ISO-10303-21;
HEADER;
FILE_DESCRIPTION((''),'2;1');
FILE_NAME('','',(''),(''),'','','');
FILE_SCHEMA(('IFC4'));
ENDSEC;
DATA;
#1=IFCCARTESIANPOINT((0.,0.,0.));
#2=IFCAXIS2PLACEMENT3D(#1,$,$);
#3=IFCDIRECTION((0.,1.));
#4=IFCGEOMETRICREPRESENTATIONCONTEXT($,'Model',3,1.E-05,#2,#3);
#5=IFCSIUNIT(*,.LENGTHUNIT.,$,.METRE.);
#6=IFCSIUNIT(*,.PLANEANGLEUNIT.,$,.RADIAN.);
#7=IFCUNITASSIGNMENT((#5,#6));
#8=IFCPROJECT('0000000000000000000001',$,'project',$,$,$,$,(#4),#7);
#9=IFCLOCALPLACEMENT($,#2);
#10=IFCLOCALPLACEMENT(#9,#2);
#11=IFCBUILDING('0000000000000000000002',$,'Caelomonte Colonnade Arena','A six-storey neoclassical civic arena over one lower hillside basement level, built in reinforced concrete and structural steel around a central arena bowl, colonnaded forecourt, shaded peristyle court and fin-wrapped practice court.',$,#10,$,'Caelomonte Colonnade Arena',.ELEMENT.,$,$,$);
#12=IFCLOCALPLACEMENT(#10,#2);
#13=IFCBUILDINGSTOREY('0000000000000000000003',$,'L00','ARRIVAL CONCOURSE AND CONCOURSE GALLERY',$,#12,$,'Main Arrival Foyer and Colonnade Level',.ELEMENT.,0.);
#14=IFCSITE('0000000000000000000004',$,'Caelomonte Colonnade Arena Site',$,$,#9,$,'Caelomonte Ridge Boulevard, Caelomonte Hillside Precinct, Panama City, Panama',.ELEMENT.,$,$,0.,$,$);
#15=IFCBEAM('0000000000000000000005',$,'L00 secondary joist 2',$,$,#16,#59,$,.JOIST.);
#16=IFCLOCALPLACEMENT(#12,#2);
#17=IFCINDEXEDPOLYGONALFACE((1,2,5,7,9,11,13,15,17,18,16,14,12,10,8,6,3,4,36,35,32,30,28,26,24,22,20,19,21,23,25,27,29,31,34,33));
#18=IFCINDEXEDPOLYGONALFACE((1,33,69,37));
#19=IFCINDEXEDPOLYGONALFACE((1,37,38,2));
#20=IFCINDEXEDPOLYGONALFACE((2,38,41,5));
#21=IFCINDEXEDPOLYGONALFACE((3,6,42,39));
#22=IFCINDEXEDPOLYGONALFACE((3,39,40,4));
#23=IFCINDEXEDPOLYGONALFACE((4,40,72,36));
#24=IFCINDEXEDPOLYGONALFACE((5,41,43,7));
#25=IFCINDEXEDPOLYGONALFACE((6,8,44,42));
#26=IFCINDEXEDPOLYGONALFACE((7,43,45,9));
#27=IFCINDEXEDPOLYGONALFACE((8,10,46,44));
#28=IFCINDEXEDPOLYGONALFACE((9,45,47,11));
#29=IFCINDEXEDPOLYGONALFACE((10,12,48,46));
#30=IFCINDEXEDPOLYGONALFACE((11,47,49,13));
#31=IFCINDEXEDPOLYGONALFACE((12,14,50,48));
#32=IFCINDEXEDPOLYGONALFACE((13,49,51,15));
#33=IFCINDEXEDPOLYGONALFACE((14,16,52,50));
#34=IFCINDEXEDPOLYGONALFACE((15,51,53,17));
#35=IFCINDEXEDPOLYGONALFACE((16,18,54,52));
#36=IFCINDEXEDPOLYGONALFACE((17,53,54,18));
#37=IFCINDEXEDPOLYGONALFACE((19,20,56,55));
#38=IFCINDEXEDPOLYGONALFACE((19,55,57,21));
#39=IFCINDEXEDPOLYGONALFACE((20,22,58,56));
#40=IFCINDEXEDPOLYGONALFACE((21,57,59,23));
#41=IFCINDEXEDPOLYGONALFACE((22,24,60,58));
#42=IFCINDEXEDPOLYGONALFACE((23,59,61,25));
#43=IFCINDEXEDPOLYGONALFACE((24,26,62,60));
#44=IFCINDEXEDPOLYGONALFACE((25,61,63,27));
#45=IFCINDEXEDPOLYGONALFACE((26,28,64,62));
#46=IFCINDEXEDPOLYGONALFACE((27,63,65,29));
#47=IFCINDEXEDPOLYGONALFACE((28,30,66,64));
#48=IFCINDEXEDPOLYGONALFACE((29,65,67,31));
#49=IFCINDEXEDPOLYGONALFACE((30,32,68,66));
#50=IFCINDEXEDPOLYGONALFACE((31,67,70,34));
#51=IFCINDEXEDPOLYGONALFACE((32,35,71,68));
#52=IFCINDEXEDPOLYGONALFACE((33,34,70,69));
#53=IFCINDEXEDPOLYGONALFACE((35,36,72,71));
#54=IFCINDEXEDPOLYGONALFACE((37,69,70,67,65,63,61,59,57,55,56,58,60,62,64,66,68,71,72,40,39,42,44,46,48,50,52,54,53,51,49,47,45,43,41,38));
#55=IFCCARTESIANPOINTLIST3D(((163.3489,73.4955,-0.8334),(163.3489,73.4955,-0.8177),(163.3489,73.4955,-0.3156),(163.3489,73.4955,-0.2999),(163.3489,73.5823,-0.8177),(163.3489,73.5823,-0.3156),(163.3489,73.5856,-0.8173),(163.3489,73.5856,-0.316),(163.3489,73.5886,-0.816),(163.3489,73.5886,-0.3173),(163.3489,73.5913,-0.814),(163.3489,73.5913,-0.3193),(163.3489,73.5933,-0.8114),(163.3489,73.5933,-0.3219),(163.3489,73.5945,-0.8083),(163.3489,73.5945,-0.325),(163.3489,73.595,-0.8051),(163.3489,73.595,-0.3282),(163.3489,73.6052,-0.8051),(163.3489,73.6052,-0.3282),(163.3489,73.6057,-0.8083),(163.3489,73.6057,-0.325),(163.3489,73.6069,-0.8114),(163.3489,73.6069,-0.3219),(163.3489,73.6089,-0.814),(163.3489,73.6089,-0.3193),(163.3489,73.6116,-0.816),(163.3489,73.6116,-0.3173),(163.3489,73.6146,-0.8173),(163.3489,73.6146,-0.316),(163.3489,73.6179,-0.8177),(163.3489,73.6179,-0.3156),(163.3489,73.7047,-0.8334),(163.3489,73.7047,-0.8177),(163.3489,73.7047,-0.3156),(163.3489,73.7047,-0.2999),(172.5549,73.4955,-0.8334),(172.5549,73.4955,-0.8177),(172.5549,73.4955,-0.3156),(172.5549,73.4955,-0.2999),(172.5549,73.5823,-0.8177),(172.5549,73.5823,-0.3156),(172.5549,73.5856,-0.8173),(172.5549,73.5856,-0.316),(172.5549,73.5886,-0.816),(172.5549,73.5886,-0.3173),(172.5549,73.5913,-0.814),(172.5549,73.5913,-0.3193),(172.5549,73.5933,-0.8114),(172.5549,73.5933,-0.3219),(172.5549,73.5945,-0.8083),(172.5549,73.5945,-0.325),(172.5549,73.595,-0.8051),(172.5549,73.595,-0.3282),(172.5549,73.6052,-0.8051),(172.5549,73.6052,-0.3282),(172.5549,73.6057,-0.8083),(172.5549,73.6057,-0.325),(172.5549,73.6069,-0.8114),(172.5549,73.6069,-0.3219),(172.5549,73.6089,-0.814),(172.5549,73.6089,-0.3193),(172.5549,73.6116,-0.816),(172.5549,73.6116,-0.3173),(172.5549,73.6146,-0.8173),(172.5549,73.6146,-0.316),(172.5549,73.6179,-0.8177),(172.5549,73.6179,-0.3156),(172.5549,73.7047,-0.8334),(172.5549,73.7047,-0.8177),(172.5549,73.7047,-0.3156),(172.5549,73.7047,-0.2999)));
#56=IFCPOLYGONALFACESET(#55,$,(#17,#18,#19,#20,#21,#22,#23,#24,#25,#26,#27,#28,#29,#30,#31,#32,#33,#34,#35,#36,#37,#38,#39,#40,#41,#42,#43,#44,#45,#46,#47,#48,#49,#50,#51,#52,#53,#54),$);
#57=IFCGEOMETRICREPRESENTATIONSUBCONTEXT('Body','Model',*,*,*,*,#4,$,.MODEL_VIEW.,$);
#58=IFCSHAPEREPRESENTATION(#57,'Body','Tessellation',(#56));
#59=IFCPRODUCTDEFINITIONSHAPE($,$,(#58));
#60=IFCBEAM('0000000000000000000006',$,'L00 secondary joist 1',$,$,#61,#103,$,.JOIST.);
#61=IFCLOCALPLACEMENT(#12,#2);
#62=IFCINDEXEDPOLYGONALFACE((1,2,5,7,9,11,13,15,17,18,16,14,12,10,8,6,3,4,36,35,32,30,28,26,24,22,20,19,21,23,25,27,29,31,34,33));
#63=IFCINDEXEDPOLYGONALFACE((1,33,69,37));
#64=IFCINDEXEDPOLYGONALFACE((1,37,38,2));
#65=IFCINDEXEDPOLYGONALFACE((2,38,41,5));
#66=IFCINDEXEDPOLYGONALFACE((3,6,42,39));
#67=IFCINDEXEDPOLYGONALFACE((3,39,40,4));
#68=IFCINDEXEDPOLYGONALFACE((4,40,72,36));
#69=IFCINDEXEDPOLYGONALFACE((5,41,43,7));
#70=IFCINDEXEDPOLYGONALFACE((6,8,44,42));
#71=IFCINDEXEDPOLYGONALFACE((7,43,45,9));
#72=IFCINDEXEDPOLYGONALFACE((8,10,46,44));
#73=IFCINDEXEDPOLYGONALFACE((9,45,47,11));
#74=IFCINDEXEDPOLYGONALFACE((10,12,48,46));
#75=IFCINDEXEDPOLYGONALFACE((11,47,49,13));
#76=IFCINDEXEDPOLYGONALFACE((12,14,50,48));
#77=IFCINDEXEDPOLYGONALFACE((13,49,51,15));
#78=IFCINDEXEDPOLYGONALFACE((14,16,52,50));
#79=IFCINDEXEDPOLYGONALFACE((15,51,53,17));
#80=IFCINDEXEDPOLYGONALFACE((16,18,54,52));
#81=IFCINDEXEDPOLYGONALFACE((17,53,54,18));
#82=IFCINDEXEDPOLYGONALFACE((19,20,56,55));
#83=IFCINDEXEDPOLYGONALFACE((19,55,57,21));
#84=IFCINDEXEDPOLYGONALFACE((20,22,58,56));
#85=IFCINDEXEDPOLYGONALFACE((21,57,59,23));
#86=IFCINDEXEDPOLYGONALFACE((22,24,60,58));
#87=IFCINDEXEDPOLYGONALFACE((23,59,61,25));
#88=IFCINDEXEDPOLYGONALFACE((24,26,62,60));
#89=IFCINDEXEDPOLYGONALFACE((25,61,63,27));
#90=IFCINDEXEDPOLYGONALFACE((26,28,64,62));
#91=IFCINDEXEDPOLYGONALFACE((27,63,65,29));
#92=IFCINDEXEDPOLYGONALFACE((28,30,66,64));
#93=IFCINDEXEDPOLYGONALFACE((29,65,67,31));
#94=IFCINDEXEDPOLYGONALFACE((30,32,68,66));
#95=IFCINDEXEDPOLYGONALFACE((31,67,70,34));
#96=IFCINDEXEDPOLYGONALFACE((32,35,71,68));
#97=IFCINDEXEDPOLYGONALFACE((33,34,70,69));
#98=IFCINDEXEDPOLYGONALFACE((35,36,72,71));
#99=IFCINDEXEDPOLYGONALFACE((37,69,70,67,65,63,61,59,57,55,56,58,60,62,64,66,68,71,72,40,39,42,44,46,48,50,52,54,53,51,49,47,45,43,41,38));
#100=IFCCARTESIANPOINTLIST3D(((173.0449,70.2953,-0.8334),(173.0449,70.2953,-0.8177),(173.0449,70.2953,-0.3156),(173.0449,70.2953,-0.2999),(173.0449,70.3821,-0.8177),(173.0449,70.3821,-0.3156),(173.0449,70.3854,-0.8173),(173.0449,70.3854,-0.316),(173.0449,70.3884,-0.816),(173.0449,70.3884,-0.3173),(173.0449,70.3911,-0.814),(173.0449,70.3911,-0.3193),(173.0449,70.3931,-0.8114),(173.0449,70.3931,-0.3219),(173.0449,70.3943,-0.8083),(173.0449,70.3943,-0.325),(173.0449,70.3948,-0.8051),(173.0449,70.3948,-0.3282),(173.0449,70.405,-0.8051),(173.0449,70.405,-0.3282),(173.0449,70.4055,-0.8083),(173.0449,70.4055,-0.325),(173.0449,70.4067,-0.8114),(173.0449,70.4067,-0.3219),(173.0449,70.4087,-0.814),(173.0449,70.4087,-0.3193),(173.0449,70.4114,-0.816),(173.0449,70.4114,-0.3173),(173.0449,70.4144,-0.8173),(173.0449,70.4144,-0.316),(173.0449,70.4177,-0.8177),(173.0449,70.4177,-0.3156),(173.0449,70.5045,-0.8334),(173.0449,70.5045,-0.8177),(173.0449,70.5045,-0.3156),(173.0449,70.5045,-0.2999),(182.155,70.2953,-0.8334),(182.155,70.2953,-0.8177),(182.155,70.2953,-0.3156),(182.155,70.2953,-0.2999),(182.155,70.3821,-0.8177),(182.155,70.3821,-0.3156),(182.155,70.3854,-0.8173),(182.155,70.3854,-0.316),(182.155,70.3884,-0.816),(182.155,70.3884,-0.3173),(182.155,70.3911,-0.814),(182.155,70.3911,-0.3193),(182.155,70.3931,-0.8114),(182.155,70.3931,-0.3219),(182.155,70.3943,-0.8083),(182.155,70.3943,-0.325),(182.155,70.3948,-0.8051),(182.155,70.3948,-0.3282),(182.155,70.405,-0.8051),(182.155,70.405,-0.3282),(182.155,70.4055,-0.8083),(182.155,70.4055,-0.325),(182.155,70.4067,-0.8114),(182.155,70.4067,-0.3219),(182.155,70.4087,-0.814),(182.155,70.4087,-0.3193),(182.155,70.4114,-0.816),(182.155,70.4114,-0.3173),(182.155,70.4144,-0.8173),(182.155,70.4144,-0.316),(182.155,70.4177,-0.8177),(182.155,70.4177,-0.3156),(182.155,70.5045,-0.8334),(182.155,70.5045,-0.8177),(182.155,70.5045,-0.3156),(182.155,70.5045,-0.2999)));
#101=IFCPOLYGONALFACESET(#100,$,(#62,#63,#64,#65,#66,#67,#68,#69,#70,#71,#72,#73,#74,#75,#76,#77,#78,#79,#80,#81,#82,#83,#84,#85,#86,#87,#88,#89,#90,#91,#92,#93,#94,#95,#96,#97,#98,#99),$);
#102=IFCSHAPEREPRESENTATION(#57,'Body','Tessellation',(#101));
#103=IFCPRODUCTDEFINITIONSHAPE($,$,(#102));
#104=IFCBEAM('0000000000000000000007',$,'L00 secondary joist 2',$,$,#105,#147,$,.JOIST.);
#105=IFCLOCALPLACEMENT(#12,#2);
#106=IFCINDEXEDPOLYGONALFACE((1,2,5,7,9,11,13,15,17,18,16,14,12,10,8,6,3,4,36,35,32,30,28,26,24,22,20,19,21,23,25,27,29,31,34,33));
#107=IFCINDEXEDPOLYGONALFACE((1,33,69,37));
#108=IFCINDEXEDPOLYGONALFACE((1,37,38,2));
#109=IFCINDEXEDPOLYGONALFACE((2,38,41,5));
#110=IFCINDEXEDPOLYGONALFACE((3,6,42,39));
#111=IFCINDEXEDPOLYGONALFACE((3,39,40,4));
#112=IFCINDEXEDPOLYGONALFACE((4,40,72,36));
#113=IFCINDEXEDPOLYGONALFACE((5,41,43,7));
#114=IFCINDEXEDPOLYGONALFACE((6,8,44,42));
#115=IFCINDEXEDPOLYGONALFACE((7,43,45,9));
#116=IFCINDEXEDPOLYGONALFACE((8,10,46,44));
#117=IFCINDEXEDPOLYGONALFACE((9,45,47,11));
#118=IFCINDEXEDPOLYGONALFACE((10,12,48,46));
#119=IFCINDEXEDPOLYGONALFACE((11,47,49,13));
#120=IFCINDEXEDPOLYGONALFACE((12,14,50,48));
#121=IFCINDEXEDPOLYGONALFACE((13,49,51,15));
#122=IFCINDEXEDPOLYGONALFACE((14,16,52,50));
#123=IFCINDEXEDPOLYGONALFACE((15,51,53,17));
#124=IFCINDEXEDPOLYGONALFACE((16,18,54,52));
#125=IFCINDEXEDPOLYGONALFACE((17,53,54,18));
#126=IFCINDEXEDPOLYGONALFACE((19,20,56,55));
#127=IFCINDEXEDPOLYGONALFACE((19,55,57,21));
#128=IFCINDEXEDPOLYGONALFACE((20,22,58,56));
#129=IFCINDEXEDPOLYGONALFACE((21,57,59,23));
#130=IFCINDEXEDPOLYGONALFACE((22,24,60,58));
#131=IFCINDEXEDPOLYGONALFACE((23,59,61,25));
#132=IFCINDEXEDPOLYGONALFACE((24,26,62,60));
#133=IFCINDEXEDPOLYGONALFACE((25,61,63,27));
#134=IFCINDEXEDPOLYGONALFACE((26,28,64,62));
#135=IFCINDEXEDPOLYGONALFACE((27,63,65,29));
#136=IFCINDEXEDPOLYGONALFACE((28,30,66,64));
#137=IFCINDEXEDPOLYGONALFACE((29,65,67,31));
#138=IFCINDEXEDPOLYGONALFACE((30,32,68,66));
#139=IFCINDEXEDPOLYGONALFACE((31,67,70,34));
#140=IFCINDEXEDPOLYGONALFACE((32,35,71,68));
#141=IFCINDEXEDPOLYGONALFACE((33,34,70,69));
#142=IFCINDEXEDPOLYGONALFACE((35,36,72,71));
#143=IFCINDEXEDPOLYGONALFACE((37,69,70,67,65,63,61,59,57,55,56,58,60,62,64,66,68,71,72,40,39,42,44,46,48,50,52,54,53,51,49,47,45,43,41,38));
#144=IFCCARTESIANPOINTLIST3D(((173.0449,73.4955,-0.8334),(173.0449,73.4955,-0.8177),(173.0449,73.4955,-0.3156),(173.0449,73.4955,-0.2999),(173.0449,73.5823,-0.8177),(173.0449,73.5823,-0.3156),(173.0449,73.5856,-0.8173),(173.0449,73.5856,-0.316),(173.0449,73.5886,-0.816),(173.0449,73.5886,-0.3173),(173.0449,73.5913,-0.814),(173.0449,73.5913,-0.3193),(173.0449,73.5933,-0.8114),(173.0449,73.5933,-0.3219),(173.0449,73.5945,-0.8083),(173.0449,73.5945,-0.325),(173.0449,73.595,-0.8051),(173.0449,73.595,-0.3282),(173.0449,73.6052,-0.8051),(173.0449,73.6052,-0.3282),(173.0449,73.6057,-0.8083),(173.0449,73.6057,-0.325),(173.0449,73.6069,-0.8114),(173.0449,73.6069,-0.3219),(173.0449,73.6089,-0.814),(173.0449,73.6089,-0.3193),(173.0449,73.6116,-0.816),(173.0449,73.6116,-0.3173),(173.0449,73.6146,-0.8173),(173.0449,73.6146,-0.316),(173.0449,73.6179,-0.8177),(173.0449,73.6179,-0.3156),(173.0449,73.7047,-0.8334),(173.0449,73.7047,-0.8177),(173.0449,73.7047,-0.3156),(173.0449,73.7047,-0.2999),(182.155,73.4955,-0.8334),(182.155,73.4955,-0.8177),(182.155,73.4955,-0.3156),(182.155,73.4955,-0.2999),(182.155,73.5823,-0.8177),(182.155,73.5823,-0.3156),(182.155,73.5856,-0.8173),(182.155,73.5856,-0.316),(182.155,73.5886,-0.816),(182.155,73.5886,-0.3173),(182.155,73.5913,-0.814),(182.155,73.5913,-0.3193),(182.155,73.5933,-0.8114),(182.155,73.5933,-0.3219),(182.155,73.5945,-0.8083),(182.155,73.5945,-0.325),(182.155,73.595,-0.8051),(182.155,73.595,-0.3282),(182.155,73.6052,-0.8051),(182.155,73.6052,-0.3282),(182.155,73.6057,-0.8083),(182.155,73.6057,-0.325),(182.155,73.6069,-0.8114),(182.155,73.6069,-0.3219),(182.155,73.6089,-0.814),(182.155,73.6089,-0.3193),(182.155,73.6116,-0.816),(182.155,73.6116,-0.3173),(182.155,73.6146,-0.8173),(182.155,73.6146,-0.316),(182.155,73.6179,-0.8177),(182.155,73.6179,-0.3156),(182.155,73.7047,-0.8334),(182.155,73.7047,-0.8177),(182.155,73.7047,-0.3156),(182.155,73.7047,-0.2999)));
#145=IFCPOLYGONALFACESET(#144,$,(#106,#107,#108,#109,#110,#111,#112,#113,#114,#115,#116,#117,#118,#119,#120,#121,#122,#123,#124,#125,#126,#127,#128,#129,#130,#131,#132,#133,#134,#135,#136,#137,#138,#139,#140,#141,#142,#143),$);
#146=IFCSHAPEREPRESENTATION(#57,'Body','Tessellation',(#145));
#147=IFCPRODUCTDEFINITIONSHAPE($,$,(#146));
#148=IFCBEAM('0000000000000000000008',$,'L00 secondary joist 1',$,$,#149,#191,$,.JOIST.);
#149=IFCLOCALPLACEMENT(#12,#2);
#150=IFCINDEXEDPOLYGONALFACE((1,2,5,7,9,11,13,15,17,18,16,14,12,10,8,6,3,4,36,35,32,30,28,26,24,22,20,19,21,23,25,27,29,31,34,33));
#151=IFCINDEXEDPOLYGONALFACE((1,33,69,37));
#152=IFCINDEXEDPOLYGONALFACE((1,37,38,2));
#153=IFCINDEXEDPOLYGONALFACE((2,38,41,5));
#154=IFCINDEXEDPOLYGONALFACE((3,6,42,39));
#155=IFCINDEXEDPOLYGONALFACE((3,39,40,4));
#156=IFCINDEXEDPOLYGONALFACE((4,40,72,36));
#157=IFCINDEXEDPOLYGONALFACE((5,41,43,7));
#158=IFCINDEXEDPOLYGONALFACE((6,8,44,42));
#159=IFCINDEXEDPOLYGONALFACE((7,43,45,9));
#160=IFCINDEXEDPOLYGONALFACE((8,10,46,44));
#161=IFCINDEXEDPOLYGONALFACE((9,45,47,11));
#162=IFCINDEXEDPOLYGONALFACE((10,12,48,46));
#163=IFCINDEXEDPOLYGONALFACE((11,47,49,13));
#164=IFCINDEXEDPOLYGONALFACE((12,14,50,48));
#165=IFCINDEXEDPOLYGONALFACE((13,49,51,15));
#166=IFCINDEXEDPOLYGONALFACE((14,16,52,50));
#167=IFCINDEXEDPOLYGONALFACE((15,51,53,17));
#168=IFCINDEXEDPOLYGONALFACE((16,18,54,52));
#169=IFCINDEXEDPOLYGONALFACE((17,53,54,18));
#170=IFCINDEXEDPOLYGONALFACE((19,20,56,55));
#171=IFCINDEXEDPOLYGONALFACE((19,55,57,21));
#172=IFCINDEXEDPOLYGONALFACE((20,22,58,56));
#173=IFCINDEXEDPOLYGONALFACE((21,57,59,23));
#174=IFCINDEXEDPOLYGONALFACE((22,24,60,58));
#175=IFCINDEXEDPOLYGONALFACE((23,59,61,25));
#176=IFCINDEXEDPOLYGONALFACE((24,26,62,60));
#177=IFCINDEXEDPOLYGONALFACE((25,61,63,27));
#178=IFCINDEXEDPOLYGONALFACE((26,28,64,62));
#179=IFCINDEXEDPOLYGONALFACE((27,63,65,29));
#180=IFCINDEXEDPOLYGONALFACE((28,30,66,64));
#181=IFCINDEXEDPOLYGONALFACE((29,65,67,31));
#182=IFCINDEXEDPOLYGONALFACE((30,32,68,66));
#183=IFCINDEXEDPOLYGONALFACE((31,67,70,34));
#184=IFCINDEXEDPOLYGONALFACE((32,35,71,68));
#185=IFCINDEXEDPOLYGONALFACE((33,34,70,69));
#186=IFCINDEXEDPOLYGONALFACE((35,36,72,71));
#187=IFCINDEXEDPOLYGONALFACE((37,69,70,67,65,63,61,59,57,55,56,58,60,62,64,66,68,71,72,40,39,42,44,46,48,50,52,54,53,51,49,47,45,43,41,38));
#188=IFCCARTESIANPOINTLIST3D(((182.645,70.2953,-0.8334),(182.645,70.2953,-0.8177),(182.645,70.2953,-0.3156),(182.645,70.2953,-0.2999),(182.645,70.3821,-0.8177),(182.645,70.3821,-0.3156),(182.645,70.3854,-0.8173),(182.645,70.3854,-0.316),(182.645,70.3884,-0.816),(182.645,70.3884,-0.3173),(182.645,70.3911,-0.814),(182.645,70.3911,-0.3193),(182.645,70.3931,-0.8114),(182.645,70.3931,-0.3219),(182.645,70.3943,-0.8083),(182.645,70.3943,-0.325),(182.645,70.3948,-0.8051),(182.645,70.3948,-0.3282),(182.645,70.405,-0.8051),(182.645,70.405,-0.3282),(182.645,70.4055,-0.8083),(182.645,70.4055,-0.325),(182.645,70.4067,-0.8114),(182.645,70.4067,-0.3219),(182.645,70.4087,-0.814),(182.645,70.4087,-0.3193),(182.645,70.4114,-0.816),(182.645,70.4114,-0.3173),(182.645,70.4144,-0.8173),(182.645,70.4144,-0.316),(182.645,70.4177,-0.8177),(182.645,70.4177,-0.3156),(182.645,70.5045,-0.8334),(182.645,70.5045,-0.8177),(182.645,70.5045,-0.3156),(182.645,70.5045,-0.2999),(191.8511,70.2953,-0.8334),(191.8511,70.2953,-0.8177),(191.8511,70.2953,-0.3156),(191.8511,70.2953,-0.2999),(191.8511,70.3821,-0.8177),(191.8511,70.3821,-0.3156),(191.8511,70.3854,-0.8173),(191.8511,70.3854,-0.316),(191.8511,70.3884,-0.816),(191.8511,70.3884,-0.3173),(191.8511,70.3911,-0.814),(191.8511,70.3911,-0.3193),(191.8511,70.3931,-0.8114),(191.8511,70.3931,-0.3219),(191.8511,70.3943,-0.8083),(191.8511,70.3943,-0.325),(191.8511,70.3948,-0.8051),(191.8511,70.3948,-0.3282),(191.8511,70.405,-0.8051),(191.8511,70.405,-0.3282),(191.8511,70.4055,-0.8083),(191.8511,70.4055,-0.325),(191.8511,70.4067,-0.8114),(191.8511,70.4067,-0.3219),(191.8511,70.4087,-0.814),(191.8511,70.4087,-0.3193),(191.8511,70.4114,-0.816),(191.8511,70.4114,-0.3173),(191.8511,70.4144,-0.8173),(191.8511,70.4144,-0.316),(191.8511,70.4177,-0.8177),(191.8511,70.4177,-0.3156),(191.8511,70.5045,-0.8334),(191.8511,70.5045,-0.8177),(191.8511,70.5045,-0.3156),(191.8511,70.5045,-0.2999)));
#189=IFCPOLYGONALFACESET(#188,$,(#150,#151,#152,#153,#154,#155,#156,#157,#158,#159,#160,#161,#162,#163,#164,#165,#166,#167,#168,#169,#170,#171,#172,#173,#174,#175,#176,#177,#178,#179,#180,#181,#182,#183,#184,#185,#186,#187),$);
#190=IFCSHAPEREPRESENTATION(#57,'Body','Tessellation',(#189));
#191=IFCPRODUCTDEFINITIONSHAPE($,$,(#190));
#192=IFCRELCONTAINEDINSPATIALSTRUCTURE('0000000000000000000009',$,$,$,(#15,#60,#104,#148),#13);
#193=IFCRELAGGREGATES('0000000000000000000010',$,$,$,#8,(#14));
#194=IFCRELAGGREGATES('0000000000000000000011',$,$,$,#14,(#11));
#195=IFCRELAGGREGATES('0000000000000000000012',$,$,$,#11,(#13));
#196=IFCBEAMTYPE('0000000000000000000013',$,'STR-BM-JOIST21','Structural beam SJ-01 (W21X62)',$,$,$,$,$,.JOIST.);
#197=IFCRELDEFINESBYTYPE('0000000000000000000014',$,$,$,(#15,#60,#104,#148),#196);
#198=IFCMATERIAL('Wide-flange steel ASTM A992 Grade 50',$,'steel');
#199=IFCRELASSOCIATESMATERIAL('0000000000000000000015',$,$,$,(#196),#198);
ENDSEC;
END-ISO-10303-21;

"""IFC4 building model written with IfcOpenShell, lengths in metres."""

from ifc_helpers import new_model, si_unit, direction, frame, origin, origin_2d, place, context, subcontext, project, spatial, i_section, extrude, material, material_profile, profile_set, type_object, element, save


model = new_model("IFC4")

# Units and contexts
model_context = context("Model", 3, precision=1e-05, world=origin(), true_north=direction((0.0, 1.0)))
body_context = subcontext(model_context, "Body", "Model", "MODEL_VIEW")
ifc_project = project(units=[si_unit("LENGTHUNIT", "METRE"), si_unit("PLANEANGLEUNIT", "RADIAN")], contexts=[model_context])

# Site, building, storey
site_placement = place(None, origin())
site = spatial("IfcSite", under=ifc_project, at=site_placement, Name="Caelomonte Colonnade Arena Site", LongName="Caelomonte Ridge Boulevard, Caelomonte Hillside Precinct, Panama City, Panama", CompositionType="ELEMENT", RefElevation=0.0)
building_placement = place(site_placement, origin())
building = spatial("IfcBuilding", under=site, at=building_placement, Name="Caelomonte Colonnade Arena", Description="A six-storey neoclassical civic arena over one lower hillside basement level, built in reinforced concrete and structural steel around a central arena bowl, colonnaded forecourt, shaded peristyle court and fin-wrapped practice court.", LongName="Caelomonte Colonnade Arena", CompositionType="ELEMENT")
storey_placement = place(building_placement, origin())
storey = spatial("IfcBuildingStorey", under=building, at=storey_placement, Name="L00", Description="ARRIVAL CONCOURSE AND CONCOURSE GALLERY", LongName="Main Arrival Foyer and Colonnade Level", CompositionType="ELEMENT", Elevation=0.0)

# Shared definitions
ifc_material_1 = material(Name="Wide-flange steel ASTM A992 Grade 50", Category="steel")

# Beams
ifc_material_profile_1 = material_profile(ifc_material_1, i_section(OverallWidth=0.2092, OverallDepth=0.5334, WebThickness=0.0103, FlangeThickness=0.0156, FilletRadius=0.0127, at=origin_2d()), Name="W21X62")
ifc_profile_set_1 = profile_set([ifc_material_profile_1], Name="Wide-flange steel ASTM A992 Grade 50")
beam_type_1 = type_object("IfcBeamType", Name="STR-BM-JOIST21", Description="Structural beam SJ-01 (W21X62)", PredefinedType="JOIST", material=ifc_profile_set_1)
for number, where, z_axis, x_axis, name in (
    (1, (163.3489, 73.6001, -0.5667), (1.0, 0.0, 0.0), (0.0, 1.0, 0.0), "L00 secondary joist 2"),
):
    element("IfcBeam", number, at=place(storey_placement, frame(where, z_axis=z_axis, x_axis=x_axis)), inside=storey, type_object=beam_type_1, Name=name, PredefinedType="JOIST", context=body_context, shape_type="SweptSolid", body=[
        extrude(i_section(OverallWidth=0.2092, OverallDepth=0.5334, WebThickness=0.0103, FlangeThickness=0.0156, FilletRadius=0.0127, at=origin_2d()), origin(), (0.0, 0.0, 1.0), 9.2061),
    ])
for number, where, z_axis, x_axis, name in (
    (2, (173.0449, 70.3999, -0.5667), (1.0, 0.0, 0.0), (0.0, 1.0, 0.0), "L00 secondary joist 1"),
    (3, (173.0449, 73.6001, -0.5667), (1.0, 0.0, 0.0), (0.0, 1.0, 0.0), "L00 secondary joist 2"),
):
    element("IfcBeam", number, at=place(storey_placement, frame(where, z_axis=z_axis, x_axis=x_axis)), inside=storey, type_object=beam_type_1, Name=name, PredefinedType="JOIST", context=body_context, shape_type="SweptSolid", body=[
        extrude(i_section(OverallWidth=0.2092, OverallDepth=0.5334, WebThickness=0.0103, FlangeThickness=0.0156, FilletRadius=0.0127, at=origin_2d()), origin(), (0.0, 0.0, 1.0), 9.1101),
    ])
for number, where, z_axis, x_axis, name in (
    (4, (182.645, 70.3999, -0.5667), (1.0, 0.0, 0.0), (0.0, 1.0, 0.0), "L00 secondary joist 1"),
):
    element("IfcBeam", number, at=place(storey_placement, frame(where, z_axis=z_axis, x_axis=x_axis)), inside=storey, type_object=beam_type_1, Name=name, PredefinedType="JOIST", context=body_context, shape_type="SweptSolid", body=[
        extrude(i_section(OverallWidth=0.2092, OverallDepth=0.5334, WebThickness=0.0103, FlangeThickness=0.0156, FilletRadius=0.0127, at=origin_2d()), origin(), (0.0, 0.0, 1.0), 9.2061),
    ])

save(model, "model.ifc")
